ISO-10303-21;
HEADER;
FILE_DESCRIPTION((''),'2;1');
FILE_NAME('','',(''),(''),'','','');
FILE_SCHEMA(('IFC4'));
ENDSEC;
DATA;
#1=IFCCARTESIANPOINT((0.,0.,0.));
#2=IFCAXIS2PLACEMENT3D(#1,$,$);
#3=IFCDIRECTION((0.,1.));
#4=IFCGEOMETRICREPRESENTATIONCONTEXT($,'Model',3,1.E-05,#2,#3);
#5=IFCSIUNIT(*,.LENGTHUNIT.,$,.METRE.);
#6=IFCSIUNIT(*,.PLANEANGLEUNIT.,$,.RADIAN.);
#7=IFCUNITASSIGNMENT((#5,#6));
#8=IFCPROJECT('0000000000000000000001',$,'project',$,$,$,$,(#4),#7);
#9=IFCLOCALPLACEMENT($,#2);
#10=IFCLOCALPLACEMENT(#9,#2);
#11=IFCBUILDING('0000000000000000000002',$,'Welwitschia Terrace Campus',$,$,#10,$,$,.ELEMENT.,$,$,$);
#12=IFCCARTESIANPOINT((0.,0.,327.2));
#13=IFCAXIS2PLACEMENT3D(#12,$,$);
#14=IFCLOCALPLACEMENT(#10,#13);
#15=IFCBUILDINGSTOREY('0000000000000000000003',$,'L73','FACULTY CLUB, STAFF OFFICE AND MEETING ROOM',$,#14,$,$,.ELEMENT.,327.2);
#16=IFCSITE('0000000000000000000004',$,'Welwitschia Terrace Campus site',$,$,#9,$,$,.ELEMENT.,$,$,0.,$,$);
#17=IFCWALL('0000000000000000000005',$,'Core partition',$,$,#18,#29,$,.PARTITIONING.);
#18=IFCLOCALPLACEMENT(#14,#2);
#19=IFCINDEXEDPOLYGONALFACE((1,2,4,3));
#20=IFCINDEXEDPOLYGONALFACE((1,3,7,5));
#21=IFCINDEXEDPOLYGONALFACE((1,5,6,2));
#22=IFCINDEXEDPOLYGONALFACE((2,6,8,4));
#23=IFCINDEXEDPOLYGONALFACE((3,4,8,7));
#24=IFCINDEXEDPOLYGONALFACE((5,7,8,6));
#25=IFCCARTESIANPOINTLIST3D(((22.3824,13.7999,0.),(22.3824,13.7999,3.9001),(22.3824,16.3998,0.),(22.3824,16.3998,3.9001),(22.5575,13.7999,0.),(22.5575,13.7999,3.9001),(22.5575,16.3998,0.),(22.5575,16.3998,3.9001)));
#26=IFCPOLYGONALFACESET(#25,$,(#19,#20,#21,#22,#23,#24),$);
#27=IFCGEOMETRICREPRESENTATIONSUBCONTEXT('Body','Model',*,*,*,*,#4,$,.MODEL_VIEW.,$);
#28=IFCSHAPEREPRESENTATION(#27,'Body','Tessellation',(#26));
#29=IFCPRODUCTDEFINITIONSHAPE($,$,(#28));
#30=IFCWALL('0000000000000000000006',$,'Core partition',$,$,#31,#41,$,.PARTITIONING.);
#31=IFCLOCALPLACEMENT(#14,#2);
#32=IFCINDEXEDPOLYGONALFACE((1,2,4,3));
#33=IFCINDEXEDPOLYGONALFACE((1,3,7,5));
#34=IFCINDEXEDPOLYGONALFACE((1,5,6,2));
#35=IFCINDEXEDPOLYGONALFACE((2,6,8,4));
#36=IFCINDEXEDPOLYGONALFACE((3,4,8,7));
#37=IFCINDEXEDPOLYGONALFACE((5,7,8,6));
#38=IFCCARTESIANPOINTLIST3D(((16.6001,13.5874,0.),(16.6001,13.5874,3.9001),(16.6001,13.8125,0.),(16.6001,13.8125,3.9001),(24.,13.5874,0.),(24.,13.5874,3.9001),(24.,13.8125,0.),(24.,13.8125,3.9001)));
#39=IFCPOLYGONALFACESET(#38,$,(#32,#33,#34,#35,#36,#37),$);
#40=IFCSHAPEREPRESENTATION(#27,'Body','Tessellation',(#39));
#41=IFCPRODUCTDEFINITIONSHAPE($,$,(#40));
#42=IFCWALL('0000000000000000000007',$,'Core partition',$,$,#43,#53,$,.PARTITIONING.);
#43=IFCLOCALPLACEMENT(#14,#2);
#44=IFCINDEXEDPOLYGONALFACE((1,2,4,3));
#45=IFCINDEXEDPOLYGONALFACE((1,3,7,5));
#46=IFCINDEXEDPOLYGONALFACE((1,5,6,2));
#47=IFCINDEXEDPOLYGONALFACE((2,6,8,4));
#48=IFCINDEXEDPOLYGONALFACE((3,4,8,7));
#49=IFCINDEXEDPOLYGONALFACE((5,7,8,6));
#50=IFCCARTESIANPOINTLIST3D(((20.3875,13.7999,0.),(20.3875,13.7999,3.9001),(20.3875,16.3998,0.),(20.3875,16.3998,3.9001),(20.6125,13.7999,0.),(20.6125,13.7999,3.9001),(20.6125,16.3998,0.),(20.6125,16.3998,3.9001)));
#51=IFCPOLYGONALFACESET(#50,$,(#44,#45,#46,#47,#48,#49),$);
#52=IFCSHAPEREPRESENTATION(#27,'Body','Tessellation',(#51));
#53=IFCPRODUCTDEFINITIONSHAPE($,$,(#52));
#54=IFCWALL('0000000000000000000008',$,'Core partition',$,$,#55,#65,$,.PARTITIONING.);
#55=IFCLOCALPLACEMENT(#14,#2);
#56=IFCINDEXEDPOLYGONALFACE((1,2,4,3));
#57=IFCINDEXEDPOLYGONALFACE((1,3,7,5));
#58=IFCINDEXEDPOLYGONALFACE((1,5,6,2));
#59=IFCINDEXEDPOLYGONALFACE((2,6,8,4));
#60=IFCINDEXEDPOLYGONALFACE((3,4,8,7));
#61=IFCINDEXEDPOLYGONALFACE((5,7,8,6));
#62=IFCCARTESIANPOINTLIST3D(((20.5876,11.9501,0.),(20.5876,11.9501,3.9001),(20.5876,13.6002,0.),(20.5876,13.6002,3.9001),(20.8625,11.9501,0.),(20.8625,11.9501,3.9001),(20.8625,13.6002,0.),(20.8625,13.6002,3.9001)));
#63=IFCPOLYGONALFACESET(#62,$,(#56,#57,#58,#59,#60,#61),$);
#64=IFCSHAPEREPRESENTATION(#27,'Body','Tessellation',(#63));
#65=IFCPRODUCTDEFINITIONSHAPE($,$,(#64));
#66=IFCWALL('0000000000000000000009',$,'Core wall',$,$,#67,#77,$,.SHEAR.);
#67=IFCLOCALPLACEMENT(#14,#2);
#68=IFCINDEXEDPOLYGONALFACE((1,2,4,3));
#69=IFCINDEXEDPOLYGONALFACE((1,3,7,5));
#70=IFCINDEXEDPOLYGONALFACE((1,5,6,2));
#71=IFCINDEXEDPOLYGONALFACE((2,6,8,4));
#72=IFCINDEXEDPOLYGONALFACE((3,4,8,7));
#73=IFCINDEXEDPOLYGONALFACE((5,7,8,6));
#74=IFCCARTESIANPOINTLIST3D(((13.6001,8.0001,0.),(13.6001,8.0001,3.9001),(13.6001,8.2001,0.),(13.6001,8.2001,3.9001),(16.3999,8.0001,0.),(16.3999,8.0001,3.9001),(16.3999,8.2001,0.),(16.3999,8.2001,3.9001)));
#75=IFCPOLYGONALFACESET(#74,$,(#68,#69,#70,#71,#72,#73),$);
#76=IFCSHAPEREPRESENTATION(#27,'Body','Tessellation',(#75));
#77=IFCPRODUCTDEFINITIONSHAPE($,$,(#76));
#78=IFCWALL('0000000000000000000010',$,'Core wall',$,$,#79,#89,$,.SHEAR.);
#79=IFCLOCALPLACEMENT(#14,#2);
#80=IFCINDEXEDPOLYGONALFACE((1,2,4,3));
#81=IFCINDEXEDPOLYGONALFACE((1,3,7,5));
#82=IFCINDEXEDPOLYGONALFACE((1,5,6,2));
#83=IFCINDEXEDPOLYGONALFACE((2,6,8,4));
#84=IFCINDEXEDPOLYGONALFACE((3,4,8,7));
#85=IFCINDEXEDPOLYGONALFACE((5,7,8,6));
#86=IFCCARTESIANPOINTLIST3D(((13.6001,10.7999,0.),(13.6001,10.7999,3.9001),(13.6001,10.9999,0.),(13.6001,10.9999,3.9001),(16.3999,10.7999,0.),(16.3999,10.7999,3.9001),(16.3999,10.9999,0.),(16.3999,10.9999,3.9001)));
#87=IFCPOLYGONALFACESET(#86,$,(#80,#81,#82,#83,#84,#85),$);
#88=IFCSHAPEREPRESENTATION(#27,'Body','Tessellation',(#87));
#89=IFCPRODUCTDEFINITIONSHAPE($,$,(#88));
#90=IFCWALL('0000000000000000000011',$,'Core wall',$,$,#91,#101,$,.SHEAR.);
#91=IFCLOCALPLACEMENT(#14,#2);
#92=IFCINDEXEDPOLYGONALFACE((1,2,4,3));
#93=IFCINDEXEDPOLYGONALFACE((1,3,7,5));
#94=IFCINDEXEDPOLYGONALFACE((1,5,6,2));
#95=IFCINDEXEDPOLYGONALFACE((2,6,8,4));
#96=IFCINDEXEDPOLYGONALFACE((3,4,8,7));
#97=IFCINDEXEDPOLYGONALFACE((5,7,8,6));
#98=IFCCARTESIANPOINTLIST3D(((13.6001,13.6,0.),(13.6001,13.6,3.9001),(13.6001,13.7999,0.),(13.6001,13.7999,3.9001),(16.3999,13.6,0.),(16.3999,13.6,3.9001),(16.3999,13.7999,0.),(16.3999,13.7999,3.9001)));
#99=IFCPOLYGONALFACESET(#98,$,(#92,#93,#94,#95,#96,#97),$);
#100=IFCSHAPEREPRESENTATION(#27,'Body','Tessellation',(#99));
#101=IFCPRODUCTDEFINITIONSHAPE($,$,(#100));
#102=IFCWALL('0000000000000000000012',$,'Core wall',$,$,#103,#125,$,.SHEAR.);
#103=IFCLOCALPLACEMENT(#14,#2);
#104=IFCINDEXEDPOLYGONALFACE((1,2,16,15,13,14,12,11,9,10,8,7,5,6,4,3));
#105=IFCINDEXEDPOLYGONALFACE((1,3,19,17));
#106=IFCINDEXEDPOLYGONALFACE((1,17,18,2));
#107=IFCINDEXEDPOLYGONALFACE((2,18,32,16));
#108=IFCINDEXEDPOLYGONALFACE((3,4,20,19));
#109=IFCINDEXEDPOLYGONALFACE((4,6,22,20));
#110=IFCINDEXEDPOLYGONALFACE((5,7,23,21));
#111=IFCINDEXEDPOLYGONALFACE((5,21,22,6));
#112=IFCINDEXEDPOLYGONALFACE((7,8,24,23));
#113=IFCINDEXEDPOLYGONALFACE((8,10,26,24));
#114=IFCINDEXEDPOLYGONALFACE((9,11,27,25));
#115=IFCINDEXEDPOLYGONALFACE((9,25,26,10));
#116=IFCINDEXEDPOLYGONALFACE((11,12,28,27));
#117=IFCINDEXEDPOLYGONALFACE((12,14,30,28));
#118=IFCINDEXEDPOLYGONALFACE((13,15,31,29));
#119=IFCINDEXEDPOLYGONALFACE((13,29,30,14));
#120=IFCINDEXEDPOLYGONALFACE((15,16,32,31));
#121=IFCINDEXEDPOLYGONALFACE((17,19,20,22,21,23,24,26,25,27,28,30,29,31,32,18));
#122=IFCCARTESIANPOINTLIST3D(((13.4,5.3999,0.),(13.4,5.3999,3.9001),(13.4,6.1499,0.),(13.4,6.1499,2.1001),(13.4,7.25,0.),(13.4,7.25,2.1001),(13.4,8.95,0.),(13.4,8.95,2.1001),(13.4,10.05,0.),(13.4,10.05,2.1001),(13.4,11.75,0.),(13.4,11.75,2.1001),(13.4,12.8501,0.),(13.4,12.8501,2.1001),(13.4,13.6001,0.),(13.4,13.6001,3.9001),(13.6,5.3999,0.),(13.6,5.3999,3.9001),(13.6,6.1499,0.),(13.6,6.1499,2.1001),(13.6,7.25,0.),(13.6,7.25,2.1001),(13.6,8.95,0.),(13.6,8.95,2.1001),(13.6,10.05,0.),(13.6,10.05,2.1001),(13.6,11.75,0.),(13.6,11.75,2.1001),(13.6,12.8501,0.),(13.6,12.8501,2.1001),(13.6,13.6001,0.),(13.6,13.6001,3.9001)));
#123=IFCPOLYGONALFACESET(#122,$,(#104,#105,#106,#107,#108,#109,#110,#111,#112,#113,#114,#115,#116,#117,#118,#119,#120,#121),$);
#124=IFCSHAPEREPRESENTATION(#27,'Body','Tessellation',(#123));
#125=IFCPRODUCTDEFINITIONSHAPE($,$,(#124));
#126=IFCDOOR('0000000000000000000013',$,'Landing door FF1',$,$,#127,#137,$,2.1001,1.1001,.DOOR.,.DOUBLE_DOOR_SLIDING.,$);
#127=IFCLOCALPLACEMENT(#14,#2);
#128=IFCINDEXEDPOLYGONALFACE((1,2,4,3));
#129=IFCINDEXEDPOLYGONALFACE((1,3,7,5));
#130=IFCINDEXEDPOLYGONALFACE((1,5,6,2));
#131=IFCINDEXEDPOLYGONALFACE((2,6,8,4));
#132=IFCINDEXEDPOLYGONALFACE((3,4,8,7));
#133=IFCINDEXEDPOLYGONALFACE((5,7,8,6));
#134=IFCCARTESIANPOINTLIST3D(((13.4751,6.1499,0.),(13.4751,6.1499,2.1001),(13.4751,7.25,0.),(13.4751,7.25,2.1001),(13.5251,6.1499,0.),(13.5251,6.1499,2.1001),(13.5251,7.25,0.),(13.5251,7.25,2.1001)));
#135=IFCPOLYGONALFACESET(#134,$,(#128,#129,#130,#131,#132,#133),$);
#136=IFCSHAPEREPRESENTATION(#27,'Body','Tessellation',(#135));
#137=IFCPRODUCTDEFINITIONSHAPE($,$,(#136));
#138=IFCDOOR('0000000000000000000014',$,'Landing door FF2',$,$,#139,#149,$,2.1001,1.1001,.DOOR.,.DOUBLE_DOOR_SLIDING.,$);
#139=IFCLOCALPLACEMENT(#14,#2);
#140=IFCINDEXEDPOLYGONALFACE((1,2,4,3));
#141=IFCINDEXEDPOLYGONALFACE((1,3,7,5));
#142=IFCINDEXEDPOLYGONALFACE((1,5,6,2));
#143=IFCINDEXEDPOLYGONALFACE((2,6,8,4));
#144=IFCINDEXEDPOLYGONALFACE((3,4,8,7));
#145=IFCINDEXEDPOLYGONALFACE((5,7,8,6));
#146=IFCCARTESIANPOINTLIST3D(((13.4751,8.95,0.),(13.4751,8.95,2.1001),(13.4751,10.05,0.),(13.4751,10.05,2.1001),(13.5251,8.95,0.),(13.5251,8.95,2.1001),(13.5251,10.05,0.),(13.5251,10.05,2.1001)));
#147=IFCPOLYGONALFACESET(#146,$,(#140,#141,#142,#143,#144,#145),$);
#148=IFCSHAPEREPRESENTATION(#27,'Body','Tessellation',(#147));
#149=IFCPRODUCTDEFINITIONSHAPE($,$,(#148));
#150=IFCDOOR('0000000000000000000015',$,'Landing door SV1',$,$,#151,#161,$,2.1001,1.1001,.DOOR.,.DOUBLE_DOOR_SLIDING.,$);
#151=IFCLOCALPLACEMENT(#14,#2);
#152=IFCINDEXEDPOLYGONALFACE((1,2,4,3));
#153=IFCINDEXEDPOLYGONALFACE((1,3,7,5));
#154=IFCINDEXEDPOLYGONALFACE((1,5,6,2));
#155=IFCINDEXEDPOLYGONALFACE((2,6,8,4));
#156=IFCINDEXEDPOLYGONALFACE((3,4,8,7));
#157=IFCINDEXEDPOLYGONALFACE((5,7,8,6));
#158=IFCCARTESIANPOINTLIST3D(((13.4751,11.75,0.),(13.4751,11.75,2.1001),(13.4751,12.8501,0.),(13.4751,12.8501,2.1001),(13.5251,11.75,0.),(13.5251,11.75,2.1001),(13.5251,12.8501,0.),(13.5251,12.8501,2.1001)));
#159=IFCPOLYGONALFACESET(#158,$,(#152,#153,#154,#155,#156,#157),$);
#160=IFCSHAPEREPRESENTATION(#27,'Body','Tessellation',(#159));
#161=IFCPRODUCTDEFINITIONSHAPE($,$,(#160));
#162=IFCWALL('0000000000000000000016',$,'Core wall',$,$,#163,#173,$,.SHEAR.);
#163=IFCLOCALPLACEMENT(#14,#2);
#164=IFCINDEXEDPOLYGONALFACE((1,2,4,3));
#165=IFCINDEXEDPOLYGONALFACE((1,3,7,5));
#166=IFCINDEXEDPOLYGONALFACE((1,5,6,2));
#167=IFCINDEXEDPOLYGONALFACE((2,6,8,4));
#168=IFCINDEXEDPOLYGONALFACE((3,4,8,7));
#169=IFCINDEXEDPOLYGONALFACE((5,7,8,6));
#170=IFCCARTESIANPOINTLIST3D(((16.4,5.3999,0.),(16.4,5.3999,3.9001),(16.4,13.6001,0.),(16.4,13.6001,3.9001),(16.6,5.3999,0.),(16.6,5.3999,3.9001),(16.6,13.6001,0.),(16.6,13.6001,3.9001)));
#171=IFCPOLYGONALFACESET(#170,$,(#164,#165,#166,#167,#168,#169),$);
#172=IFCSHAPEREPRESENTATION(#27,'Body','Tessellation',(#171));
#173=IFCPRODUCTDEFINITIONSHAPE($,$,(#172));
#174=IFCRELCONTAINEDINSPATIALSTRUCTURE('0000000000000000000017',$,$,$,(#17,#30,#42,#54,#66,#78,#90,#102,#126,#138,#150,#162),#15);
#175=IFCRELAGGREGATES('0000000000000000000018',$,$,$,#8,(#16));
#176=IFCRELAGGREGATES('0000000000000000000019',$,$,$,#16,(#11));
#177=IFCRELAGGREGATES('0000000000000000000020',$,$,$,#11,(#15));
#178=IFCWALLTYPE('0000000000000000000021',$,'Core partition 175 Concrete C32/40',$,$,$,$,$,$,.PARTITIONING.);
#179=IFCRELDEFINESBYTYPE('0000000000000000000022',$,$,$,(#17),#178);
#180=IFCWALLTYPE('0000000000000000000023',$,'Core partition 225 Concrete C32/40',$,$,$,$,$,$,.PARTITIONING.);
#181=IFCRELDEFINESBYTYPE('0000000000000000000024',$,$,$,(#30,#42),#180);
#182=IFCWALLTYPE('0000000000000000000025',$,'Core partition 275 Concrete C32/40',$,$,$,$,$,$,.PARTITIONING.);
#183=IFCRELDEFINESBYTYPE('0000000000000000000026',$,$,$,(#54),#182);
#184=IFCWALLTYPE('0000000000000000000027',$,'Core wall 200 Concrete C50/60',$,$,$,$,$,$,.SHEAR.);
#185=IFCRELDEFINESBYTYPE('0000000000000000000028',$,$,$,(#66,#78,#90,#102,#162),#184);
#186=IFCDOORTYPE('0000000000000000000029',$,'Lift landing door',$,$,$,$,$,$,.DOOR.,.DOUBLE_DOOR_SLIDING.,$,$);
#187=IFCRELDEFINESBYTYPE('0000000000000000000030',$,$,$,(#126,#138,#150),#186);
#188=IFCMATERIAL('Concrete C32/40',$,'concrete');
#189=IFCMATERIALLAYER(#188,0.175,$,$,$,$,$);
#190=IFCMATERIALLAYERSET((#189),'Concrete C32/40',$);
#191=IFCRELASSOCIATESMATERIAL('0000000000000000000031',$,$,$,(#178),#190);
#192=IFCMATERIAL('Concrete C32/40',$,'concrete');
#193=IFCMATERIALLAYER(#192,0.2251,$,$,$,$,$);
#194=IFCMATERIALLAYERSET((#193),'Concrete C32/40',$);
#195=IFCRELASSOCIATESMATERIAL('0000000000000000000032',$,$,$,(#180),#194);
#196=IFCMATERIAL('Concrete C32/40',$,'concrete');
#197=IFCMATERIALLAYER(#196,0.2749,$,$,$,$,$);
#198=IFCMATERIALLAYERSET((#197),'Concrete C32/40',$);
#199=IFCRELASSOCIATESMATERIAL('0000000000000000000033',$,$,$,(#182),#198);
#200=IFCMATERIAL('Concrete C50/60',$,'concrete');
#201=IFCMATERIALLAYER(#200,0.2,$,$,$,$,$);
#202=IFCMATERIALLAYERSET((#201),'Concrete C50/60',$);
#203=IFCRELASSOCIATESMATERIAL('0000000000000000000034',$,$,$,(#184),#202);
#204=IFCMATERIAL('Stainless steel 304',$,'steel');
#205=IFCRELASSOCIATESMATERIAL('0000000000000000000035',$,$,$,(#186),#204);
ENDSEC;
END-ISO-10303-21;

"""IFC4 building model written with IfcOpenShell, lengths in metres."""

from ifc_helpers import new_model, si_unit, direction, frame, frame_2d, origin, place, context, subcontext, project, spatial, rectangle, extrude, material, layer, layer_set, type_object, element, fill, save


model = new_model("IFC4")

# Units and contexts
model_context = context("Model", 3, precision=1e-05, world=origin(), true_north=direction((0.0, 1.0)))
body_context = subcontext(model_context, "Body", "Model", "MODEL_VIEW")
ifc_project = project(units=[si_unit("LENGTHUNIT", "METRE"), si_unit("PLANEANGLEUNIT", "RADIAN")], contexts=[model_context])

# Site, building, storey
site_placement = place(None, origin())
site = spatial("IfcSite", under=ifc_project, at=site_placement, Name="Welwitschia Terrace Campus site", CompositionType="ELEMENT", RefElevation=0.0)
building_placement = place(site_placement, origin())
building = spatial("IfcBuilding", under=site, at=building_placement, Name="Welwitschia Terrace Campus", CompositionType="ELEMENT")
storey_placement = place(building_placement, frame((0.0, 0.0, 327.2)))
storey = spatial("IfcBuildingStorey", under=building, at=storey_placement, Name="L73", Description="FACULTY CLUB, STAFF OFFICE AND MEETING ROOM", CompositionType="ELEMENT", Elevation=327.2)

# Walls
ifc_material_1 = material(Name="Concrete C32/40", Category="concrete")
ifc_layer_1 = layer(ifc_material_1, 0.175)
ifc_layer_set_1 = layer_set([ifc_layer_1], Name="Concrete C32/40")
wall_type_1 = type_object("IfcWallType", Name="Core partition 175 Concrete C32/40", PredefinedType="PARTITIONING", material=ifc_layer_set_1)
for number, where, z_axis, x_axis, name in (
    (1, (22.47, 13.8, 0.0), (0.0, 0.0, 1.0), (0.0, 1.0, 0.0), "Core partition"),
):
    element("IfcWall", number, at=place(storey_placement, frame(where, z_axis=z_axis, x_axis=x_axis)), inside=storey, type_object=wall_type_1, Name=name, PredefinedType="PARTITIONING", context=body_context, shape_type="SweptSolid", body=[
        extrude(rectangle(XDim=2.5999, YDim=0.175, at=frame_2d((1.2998, 0.0))), origin(), (0.0, 0.0, 1.0), 3.9001),
    ])
ifc_material_2 = material(Name="Concrete C32/40", Category="concrete")
ifc_layer_2 = layer(ifc_material_2, 0.2251)
ifc_layer_set_2 = layer_set([ifc_layer_2], Name="Concrete C32/40")
wall_type_2 = type_object("IfcWallType", Name="Core partition 225 Concrete C32/40", PredefinedType="PARTITIONING", material=ifc_layer_set_2)
wall_1_placement = place(storey_placement, frame((16.6001, 13.7, 0.0), z_axis=(0.0, 0.0, 1.0), x_axis=(1.0, 0.0, 0.0)))
element("IfcWall", 2, at=wall_1_placement, inside=storey, type_object=wall_type_2, Name="Core partition", PredefinedType="PARTITIONING", context=body_context, shape_type="SweptSolid", body=[
    extrude(rectangle(XDim=7.3999, YDim=0.2251, at=frame_2d((3.7, 0.0))), origin(), (0.0, 0.0, 1.0), 3.9001),
])
wall_2_placement = place(storey_placement, frame((20.5, 13.8, 0.0), z_axis=(0.0, 0.0, 1.0), x_axis=(0.0, 1.0, 0.0)))
element("IfcWall", 3, at=wall_2_placement, inside=storey, type_object=wall_type_2, Name="Core partition", PredefinedType="PARTITIONING", context=body_context, shape_type="SweptSolid", body=[
    extrude(rectangle(XDim=2.5999, YDim=0.2251, at=frame_2d((1.2998, 0.0))), origin(), (0.0, 0.0, 1.0), 3.9001),
])
ifc_material_3 = material(Name="Concrete C32/40", Category="concrete")
ifc_layer_3 = layer(ifc_material_3, 0.2749)
ifc_layer_set_3 = layer_set([ifc_layer_3], Name="Concrete C32/40")
wall_type_3 = type_object("IfcWallType", Name="Core partition 275 Concrete C32/40", PredefinedType="PARTITIONING", material=ifc_layer_set_3)
wall_3_placement = place(storey_placement, frame((20.7251, 11.95, 0.0), z_axis=(0.0, 0.0, 1.0), x_axis=(0.0, 1.0, 0.0)))
element("IfcWall", 4, at=wall_3_placement, inside=storey, type_object=wall_type_3, Name="Core partition", PredefinedType="PARTITIONING", context=body_context, shape_type="SweptSolid", body=[
    extrude(rectangle(XDim=1.6501, YDim=0.2749, at=frame_2d((0.8252, 0.0))), origin(), (0.0, 0.0, 1.0), 3.9001),
])
ifc_material_4 = material(Name="Concrete C50/60", Category="concrete")
ifc_layer_4 = layer(ifc_material_4, 0.2)
ifc_layer_set_4 = layer_set([ifc_layer_4], Name="Concrete C50/60")
wall_type_4 = type_object("IfcWallType", Name="Core wall 200 Concrete C50/60", PredefinedType="SHEAR", material=ifc_layer_set_4)
for number, where, z_axis, x_axis, name in (
    (5, (13.6001, 8.1001, 0.0), (0.0, 0.0, 1.0), (1.0, 0.0, 0.0), "Core wall"),
    (6, (13.6001, 10.8999, 0.0), (0.0, 0.0, 1.0), (1.0, 0.0, 0.0), "Core wall"),
    (7, (13.6001, 13.7, 0.0), (0.0, 0.0, 1.0), (1.0, 0.0, 0.0), "Core wall"),
):
    element("IfcWall", number, at=place(storey_placement, frame(where, z_axis=z_axis, x_axis=x_axis)), inside=storey, type_object=wall_type_4, Name=name, PredefinedType="SHEAR", context=body_context, shape_type="SweptSolid", body=[
        extrude(rectangle(XDim=2.7998, YDim=0.2, at=frame_2d((1.3999, 0.0))), origin(), (0.0, 0.0, 1.0), 3.9001),
    ])

# Wall, openings, doors
wall_4_placement = place(storey_placement, frame((13.5, 5.3999, 0.0), z_axis=(0.0, 0.0, 1.0), x_axis=(0.0, 1.0, 0.0)))
wall_4 = element("IfcWall", 8, at=wall_4_placement, inside=storey, type_object=wall_type_4, Name="Core wall", PredefinedType="SHEAR", context=body_context, shape_type="SweptSolid", body=[
    extrude(rectangle(XDim=8.2002, YDim=0.2, at=frame_2d((4.1001, 0.0))), origin(), (0.0, 0.0, 1.0), 3.9001),
])
opening_1_placement = place(wall_4_placement, frame((0.75, 0.0, 0.0)))
opening_1 = element("IfcOpeningElement", 9, at=opening_1_placement, cuts=wall_4, PredefinedType="OPENING", context=body_context, shape_type="SweptSolid", body=[
    extrude(rectangle(XDim=1.1001, YDim=2.1001, at=frame_2d((0.55, 1.05))), frame((0.0, 0.1099, 0.0), z_axis=(0.0, -1.0, 0.0), x_axis=(1.0, 0.0, 0.0)), (0.0, 0.0, 1.0), 0.22),
])
opening_2_placement = place(wall_4_placement, frame((3.55, 0.0, 0.0)))
opening_2 = element("IfcOpeningElement", 10, at=opening_2_placement, cuts=wall_4, PredefinedType="OPENING", context=body_context, shape_type="SweptSolid", body=[
    extrude(rectangle(XDim=1.1001, YDim=2.1001, at=frame_2d((0.55, 1.05))), frame((0.0, 0.1099, 0.0), z_axis=(0.0, -1.0, 0.0), x_axis=(1.0, 0.0, 0.0)), (0.0, 0.0, 1.0), 0.22),
])
opening_3_placement = place(wall_4_placement, frame((6.3501, 0.0, 0.0)))
opening_3 = element("IfcOpeningElement", 11, at=opening_3_placement, cuts=wall_4, PredefinedType="OPENING", context=body_context, shape_type="SweptSolid", body=[
    extrude(rectangle(XDim=1.1001, YDim=2.1001, at=frame_2d((0.55, 1.05))), frame((0.0, 0.1099, 0.0), z_axis=(0.0, -1.0, 0.0), x_axis=(1.0, 0.0, 0.0)), (0.0, 0.0, 1.0), 0.22),
])
ifc_material_5 = material(Name="Stainless steel 304", Category="steel")
door_type = type_object("IfcDoorType", Name="Lift landing door", OperationType="DOUBLE_DOOR_SLIDING", PredefinedType="DOOR", material=ifc_material_5)
door_1_placement = place(opening_1_placement, origin())
door_1 = element("IfcDoor", 12, at=door_1_placement, inside=storey, type_object=door_type, Name="Landing door FF1", OperationType="DOUBLE_DOOR_SLIDING", OverallHeight=2.1001, OverallWidth=1.1001, PredefinedType="DOOR", context=body_context, shape_type="SweptSolid", body=[
    extrude(rectangle(XDim=1.1001, YDim=2.1001, at=frame_2d((0.55, 1.05))), frame((0.0, 0.0249, 0.0), z_axis=(0.0, -1.0, 0.0), x_axis=(1.0, 0.0, 0.0)), (0.0, 0.0, 1.0), 0.05),
])
fill(opening_1, door_1)
door_2_placement = place(opening_2_placement, origin())
door_2 = element("IfcDoor", 13, at=door_2_placement, inside=storey, type_object=door_type, Name="Landing door FF2", OperationType="DOUBLE_DOOR_SLIDING", OverallHeight=2.1001, OverallWidth=1.1001, PredefinedType="DOOR", context=body_context, shape_type="SweptSolid", body=[
    extrude(rectangle(XDim=1.1001, YDim=2.1001, at=frame_2d((0.55, 1.05))), frame((0.0, 0.0249, 0.0), z_axis=(0.0, -1.0, 0.0), x_axis=(1.0, 0.0, 0.0)), (0.0, 0.0, 1.0), 0.05),
])
fill(opening_2, door_2)
door_3_placement = place(opening_3_placement, origin())
door_3 = element("IfcDoor", 14, at=door_3_placement, inside=storey, type_object=door_type, Name="Landing door SV1", OperationType="DOUBLE_DOOR_SLIDING", OverallHeight=2.1001, OverallWidth=1.1001, PredefinedType="DOOR", context=body_context, shape_type="SweptSolid", body=[
    extrude(rectangle(XDim=1.1001, YDim=2.1001, at=frame_2d((0.55, 1.05))), frame((0.0, 0.0249, 0.0), z_axis=(0.0, -1.0, 0.0), x_axis=(1.0, 0.0, 0.0)), (0.0, 0.0, 1.0), 0.05),
])
fill(opening_3, door_3)

# Wall
wall_5_placement = place(storey_placement, frame((16.5, 5.3999, 0.0), z_axis=(0.0, 0.0, 1.0), x_axis=(0.0, 1.0, 0.0)))
element("IfcWall", 15, at=wall_5_placement, inside=storey, type_object=wall_type_4, Name="Core wall", PredefinedType="SHEAR", context=body_context, shape_type="SweptSolid", body=[
    extrude(rectangle(XDim=8.2002, YDim=0.2, at=frame_2d((4.1001, 0.0))), origin(), (0.0, 0.0, 1.0), 3.9001),
])

save(model, "model.ifc")
